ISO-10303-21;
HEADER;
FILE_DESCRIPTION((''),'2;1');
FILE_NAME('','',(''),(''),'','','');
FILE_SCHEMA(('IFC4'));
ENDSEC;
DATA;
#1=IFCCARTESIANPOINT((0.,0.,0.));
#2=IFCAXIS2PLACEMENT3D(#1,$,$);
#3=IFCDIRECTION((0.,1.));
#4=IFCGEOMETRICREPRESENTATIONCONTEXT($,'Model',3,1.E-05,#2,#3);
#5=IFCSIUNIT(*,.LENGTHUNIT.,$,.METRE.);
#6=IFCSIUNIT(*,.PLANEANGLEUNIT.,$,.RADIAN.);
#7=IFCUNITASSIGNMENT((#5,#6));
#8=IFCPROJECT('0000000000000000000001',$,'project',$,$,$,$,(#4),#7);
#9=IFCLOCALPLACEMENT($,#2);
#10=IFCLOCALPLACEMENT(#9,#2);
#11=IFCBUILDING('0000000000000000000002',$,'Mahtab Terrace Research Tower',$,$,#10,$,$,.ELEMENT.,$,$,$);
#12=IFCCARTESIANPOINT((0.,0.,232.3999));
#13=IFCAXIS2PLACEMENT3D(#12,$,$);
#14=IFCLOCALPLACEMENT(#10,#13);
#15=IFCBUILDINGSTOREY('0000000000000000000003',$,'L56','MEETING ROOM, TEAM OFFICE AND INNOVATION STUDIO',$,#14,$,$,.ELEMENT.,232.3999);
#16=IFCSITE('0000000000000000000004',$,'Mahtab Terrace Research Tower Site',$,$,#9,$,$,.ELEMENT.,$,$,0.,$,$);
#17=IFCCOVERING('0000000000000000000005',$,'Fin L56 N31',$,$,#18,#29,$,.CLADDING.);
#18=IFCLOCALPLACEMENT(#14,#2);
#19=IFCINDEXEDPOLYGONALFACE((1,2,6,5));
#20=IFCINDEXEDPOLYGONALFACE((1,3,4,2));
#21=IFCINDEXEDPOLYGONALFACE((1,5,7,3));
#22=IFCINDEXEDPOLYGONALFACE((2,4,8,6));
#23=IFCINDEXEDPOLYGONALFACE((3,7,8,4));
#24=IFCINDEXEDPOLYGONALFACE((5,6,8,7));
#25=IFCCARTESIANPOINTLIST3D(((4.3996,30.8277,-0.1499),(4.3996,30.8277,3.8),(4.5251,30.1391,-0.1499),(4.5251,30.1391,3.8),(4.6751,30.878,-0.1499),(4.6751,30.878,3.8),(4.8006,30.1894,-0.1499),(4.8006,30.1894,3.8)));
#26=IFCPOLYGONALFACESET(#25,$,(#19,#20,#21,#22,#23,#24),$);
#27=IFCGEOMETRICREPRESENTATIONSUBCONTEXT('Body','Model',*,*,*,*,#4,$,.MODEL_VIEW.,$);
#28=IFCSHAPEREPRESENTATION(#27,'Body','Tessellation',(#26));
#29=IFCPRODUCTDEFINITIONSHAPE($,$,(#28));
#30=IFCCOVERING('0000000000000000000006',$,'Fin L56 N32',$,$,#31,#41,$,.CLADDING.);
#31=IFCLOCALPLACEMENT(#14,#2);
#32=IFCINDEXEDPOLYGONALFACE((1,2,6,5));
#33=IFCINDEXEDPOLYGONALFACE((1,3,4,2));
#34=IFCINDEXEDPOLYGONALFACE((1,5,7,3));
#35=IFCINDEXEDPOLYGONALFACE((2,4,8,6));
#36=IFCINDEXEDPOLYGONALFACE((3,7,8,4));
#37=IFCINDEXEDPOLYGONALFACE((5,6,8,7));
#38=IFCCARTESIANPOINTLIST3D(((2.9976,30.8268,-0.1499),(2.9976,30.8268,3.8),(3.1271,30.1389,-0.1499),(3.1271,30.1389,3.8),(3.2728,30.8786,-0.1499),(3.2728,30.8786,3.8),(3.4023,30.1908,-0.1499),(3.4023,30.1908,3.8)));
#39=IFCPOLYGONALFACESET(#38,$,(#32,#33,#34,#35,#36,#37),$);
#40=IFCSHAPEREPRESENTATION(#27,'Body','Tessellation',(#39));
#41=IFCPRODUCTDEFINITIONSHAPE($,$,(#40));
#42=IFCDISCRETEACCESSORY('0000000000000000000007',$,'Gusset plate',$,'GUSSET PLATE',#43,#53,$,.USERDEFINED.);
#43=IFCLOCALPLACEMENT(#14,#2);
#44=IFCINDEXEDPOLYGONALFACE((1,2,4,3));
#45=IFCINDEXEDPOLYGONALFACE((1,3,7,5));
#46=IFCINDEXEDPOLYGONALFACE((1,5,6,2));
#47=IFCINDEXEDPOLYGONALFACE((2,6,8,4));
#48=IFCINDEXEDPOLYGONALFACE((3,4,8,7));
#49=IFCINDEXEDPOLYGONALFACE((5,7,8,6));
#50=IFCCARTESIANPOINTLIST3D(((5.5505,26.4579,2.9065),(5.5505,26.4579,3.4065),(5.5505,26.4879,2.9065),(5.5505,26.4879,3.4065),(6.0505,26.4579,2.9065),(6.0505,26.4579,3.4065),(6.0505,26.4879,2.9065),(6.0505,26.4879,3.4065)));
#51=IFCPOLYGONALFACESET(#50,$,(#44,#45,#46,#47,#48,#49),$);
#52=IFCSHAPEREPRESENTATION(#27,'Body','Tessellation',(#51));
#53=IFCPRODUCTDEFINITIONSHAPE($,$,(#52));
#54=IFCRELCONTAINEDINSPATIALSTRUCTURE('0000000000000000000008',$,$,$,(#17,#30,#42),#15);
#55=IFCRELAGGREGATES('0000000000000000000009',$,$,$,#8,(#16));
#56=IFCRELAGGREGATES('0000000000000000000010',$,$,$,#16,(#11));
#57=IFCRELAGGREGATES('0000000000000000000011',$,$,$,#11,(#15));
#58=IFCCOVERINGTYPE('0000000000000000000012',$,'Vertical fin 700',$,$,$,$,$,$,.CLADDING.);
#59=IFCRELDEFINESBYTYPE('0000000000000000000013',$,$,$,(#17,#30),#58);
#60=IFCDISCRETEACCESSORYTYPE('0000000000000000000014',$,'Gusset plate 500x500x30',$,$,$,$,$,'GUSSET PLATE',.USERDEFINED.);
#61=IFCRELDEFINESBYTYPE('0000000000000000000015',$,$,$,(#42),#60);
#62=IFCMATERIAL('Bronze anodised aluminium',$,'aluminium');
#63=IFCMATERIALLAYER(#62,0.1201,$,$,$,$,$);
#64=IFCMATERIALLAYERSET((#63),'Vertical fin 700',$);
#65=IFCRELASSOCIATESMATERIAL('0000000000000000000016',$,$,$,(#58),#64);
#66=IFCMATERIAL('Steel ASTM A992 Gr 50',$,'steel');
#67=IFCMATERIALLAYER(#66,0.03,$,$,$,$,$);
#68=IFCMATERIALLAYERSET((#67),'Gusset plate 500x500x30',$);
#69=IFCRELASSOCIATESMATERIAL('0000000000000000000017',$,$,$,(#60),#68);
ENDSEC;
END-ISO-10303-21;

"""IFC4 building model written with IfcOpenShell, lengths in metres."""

from ifc_helpers import new_model, si_unit, direction, frame, origin, origin_2d, place, context, subcontext, project, spatial, rectangle, extrude, material, layer, layer_set, type_object, element, save


model = new_model("IFC4")

# Units and contexts
model_context = context("Model", 3, precision=1e-05, world=origin(), true_north=direction((0.0, 1.0)))
body_context = subcontext(model_context, "Body", "Model", "MODEL_VIEW")
ifc_project = project(units=[si_unit("LENGTHUNIT", "METRE"), si_unit("PLANEANGLEUNIT", "RADIAN")], contexts=[model_context])

# Site, building, storey
site_placement = place(None, origin())
site = spatial("IfcSite", under=ifc_project, at=site_placement, Name="Mahtab Terrace Research Tower Site", CompositionType="ELEMENT", RefElevation=0.0)
building_placement = place(site_placement, origin())
building = spatial("IfcBuilding", under=site, at=building_placement, Name="Mahtab Terrace Research Tower", CompositionType="ELEMENT")
storey_placement = place(building_placement, frame((0.0, 0.0, 232.3999)))
storey = spatial("IfcBuildingStorey", under=building, at=storey_placement, Name="L56", Description="MEETING ROOM, TEAM OFFICE AND INNOVATION STUDIO", CompositionType="ELEMENT", Elevation=232.3999)

# Shared definitions
ifc_material_1 = material(Name="Steel ASTM A992 Gr 50", Category="steel")

# Coverings
ifc_material_2 = material(Name="Bronze anodised aluminium", Category="aluminium")
ifc_layer_1 = layer(ifc_material_2, 0.1201)
ifc_layer_set_1 = layer_set([ifc_layer_1], Name="Vertical fin 700")
covering_type = type_object("IfcCoveringType", Name="Vertical fin 700", PredefinedType="CLADDING", material=ifc_layer_set_1)
for number, where, z_axis, x_axis, name in (
    (1, (4.6001, 30.5085, -0.1499), (0.0, 0.0, 1.0), (-0.983781, -0.179375, 0.0), "Fin L56 N31"),
    (2, (3.2, 30.5088, -0.1499), (0.0, 0.0, 1.0), (-0.982721, -0.185095, 0.0), "Fin L56 N32"),
):
    element("IfcCovering", number, at=place(storey_placement, frame(where, z_axis=z_axis, x_axis=x_axis)), inside=storey, type_object=covering_type, Name=name, PredefinedType="CLADDING", context=body_context, shape_type="SweptSolid", body=[
        extrude(rectangle(XDim=0.28, YDim=0.7, at=origin_2d()), origin(), (0.0, 0.0, 1.0), 3.95),
    ])

# Discrete accessory
ifc_layer_2 = layer(ifc_material_1, 0.03)
ifc_layer_set_2 = layer_set([ifc_layer_2], Name="Gusset plate 500x500x30")
discrete_accessory_type = type_object("IfcDiscreteAccessoryType", Name="Gusset plate 500x500x30", ElementType="GUSSET PLATE", PredefinedType="USERDEFINED", material=ifc_layer_set_2)
discrete_accessory_placement = place(storey_placement, frame((5.8005, 26.4729, 2.9065), z_axis=(0.0, 0.0, 1.0), x_axis=(1.0, 0.0, 0.0)))
element("IfcDiscreteAccessory", 3, at=discrete_accessory_placement, inside=storey, type_object=discrete_accessory_type, Name="Gusset plate", ObjectType="GUSSET PLATE", PredefinedType="USERDEFINED", context=body_context, shape_type="SweptSolid", body=[
    extrude(rectangle(XDim=0.5, YDim=0.03, at=origin_2d()), origin(), (0.0, 0.0, 1.0), 0.5),
])

save(model, "model.ifc")
